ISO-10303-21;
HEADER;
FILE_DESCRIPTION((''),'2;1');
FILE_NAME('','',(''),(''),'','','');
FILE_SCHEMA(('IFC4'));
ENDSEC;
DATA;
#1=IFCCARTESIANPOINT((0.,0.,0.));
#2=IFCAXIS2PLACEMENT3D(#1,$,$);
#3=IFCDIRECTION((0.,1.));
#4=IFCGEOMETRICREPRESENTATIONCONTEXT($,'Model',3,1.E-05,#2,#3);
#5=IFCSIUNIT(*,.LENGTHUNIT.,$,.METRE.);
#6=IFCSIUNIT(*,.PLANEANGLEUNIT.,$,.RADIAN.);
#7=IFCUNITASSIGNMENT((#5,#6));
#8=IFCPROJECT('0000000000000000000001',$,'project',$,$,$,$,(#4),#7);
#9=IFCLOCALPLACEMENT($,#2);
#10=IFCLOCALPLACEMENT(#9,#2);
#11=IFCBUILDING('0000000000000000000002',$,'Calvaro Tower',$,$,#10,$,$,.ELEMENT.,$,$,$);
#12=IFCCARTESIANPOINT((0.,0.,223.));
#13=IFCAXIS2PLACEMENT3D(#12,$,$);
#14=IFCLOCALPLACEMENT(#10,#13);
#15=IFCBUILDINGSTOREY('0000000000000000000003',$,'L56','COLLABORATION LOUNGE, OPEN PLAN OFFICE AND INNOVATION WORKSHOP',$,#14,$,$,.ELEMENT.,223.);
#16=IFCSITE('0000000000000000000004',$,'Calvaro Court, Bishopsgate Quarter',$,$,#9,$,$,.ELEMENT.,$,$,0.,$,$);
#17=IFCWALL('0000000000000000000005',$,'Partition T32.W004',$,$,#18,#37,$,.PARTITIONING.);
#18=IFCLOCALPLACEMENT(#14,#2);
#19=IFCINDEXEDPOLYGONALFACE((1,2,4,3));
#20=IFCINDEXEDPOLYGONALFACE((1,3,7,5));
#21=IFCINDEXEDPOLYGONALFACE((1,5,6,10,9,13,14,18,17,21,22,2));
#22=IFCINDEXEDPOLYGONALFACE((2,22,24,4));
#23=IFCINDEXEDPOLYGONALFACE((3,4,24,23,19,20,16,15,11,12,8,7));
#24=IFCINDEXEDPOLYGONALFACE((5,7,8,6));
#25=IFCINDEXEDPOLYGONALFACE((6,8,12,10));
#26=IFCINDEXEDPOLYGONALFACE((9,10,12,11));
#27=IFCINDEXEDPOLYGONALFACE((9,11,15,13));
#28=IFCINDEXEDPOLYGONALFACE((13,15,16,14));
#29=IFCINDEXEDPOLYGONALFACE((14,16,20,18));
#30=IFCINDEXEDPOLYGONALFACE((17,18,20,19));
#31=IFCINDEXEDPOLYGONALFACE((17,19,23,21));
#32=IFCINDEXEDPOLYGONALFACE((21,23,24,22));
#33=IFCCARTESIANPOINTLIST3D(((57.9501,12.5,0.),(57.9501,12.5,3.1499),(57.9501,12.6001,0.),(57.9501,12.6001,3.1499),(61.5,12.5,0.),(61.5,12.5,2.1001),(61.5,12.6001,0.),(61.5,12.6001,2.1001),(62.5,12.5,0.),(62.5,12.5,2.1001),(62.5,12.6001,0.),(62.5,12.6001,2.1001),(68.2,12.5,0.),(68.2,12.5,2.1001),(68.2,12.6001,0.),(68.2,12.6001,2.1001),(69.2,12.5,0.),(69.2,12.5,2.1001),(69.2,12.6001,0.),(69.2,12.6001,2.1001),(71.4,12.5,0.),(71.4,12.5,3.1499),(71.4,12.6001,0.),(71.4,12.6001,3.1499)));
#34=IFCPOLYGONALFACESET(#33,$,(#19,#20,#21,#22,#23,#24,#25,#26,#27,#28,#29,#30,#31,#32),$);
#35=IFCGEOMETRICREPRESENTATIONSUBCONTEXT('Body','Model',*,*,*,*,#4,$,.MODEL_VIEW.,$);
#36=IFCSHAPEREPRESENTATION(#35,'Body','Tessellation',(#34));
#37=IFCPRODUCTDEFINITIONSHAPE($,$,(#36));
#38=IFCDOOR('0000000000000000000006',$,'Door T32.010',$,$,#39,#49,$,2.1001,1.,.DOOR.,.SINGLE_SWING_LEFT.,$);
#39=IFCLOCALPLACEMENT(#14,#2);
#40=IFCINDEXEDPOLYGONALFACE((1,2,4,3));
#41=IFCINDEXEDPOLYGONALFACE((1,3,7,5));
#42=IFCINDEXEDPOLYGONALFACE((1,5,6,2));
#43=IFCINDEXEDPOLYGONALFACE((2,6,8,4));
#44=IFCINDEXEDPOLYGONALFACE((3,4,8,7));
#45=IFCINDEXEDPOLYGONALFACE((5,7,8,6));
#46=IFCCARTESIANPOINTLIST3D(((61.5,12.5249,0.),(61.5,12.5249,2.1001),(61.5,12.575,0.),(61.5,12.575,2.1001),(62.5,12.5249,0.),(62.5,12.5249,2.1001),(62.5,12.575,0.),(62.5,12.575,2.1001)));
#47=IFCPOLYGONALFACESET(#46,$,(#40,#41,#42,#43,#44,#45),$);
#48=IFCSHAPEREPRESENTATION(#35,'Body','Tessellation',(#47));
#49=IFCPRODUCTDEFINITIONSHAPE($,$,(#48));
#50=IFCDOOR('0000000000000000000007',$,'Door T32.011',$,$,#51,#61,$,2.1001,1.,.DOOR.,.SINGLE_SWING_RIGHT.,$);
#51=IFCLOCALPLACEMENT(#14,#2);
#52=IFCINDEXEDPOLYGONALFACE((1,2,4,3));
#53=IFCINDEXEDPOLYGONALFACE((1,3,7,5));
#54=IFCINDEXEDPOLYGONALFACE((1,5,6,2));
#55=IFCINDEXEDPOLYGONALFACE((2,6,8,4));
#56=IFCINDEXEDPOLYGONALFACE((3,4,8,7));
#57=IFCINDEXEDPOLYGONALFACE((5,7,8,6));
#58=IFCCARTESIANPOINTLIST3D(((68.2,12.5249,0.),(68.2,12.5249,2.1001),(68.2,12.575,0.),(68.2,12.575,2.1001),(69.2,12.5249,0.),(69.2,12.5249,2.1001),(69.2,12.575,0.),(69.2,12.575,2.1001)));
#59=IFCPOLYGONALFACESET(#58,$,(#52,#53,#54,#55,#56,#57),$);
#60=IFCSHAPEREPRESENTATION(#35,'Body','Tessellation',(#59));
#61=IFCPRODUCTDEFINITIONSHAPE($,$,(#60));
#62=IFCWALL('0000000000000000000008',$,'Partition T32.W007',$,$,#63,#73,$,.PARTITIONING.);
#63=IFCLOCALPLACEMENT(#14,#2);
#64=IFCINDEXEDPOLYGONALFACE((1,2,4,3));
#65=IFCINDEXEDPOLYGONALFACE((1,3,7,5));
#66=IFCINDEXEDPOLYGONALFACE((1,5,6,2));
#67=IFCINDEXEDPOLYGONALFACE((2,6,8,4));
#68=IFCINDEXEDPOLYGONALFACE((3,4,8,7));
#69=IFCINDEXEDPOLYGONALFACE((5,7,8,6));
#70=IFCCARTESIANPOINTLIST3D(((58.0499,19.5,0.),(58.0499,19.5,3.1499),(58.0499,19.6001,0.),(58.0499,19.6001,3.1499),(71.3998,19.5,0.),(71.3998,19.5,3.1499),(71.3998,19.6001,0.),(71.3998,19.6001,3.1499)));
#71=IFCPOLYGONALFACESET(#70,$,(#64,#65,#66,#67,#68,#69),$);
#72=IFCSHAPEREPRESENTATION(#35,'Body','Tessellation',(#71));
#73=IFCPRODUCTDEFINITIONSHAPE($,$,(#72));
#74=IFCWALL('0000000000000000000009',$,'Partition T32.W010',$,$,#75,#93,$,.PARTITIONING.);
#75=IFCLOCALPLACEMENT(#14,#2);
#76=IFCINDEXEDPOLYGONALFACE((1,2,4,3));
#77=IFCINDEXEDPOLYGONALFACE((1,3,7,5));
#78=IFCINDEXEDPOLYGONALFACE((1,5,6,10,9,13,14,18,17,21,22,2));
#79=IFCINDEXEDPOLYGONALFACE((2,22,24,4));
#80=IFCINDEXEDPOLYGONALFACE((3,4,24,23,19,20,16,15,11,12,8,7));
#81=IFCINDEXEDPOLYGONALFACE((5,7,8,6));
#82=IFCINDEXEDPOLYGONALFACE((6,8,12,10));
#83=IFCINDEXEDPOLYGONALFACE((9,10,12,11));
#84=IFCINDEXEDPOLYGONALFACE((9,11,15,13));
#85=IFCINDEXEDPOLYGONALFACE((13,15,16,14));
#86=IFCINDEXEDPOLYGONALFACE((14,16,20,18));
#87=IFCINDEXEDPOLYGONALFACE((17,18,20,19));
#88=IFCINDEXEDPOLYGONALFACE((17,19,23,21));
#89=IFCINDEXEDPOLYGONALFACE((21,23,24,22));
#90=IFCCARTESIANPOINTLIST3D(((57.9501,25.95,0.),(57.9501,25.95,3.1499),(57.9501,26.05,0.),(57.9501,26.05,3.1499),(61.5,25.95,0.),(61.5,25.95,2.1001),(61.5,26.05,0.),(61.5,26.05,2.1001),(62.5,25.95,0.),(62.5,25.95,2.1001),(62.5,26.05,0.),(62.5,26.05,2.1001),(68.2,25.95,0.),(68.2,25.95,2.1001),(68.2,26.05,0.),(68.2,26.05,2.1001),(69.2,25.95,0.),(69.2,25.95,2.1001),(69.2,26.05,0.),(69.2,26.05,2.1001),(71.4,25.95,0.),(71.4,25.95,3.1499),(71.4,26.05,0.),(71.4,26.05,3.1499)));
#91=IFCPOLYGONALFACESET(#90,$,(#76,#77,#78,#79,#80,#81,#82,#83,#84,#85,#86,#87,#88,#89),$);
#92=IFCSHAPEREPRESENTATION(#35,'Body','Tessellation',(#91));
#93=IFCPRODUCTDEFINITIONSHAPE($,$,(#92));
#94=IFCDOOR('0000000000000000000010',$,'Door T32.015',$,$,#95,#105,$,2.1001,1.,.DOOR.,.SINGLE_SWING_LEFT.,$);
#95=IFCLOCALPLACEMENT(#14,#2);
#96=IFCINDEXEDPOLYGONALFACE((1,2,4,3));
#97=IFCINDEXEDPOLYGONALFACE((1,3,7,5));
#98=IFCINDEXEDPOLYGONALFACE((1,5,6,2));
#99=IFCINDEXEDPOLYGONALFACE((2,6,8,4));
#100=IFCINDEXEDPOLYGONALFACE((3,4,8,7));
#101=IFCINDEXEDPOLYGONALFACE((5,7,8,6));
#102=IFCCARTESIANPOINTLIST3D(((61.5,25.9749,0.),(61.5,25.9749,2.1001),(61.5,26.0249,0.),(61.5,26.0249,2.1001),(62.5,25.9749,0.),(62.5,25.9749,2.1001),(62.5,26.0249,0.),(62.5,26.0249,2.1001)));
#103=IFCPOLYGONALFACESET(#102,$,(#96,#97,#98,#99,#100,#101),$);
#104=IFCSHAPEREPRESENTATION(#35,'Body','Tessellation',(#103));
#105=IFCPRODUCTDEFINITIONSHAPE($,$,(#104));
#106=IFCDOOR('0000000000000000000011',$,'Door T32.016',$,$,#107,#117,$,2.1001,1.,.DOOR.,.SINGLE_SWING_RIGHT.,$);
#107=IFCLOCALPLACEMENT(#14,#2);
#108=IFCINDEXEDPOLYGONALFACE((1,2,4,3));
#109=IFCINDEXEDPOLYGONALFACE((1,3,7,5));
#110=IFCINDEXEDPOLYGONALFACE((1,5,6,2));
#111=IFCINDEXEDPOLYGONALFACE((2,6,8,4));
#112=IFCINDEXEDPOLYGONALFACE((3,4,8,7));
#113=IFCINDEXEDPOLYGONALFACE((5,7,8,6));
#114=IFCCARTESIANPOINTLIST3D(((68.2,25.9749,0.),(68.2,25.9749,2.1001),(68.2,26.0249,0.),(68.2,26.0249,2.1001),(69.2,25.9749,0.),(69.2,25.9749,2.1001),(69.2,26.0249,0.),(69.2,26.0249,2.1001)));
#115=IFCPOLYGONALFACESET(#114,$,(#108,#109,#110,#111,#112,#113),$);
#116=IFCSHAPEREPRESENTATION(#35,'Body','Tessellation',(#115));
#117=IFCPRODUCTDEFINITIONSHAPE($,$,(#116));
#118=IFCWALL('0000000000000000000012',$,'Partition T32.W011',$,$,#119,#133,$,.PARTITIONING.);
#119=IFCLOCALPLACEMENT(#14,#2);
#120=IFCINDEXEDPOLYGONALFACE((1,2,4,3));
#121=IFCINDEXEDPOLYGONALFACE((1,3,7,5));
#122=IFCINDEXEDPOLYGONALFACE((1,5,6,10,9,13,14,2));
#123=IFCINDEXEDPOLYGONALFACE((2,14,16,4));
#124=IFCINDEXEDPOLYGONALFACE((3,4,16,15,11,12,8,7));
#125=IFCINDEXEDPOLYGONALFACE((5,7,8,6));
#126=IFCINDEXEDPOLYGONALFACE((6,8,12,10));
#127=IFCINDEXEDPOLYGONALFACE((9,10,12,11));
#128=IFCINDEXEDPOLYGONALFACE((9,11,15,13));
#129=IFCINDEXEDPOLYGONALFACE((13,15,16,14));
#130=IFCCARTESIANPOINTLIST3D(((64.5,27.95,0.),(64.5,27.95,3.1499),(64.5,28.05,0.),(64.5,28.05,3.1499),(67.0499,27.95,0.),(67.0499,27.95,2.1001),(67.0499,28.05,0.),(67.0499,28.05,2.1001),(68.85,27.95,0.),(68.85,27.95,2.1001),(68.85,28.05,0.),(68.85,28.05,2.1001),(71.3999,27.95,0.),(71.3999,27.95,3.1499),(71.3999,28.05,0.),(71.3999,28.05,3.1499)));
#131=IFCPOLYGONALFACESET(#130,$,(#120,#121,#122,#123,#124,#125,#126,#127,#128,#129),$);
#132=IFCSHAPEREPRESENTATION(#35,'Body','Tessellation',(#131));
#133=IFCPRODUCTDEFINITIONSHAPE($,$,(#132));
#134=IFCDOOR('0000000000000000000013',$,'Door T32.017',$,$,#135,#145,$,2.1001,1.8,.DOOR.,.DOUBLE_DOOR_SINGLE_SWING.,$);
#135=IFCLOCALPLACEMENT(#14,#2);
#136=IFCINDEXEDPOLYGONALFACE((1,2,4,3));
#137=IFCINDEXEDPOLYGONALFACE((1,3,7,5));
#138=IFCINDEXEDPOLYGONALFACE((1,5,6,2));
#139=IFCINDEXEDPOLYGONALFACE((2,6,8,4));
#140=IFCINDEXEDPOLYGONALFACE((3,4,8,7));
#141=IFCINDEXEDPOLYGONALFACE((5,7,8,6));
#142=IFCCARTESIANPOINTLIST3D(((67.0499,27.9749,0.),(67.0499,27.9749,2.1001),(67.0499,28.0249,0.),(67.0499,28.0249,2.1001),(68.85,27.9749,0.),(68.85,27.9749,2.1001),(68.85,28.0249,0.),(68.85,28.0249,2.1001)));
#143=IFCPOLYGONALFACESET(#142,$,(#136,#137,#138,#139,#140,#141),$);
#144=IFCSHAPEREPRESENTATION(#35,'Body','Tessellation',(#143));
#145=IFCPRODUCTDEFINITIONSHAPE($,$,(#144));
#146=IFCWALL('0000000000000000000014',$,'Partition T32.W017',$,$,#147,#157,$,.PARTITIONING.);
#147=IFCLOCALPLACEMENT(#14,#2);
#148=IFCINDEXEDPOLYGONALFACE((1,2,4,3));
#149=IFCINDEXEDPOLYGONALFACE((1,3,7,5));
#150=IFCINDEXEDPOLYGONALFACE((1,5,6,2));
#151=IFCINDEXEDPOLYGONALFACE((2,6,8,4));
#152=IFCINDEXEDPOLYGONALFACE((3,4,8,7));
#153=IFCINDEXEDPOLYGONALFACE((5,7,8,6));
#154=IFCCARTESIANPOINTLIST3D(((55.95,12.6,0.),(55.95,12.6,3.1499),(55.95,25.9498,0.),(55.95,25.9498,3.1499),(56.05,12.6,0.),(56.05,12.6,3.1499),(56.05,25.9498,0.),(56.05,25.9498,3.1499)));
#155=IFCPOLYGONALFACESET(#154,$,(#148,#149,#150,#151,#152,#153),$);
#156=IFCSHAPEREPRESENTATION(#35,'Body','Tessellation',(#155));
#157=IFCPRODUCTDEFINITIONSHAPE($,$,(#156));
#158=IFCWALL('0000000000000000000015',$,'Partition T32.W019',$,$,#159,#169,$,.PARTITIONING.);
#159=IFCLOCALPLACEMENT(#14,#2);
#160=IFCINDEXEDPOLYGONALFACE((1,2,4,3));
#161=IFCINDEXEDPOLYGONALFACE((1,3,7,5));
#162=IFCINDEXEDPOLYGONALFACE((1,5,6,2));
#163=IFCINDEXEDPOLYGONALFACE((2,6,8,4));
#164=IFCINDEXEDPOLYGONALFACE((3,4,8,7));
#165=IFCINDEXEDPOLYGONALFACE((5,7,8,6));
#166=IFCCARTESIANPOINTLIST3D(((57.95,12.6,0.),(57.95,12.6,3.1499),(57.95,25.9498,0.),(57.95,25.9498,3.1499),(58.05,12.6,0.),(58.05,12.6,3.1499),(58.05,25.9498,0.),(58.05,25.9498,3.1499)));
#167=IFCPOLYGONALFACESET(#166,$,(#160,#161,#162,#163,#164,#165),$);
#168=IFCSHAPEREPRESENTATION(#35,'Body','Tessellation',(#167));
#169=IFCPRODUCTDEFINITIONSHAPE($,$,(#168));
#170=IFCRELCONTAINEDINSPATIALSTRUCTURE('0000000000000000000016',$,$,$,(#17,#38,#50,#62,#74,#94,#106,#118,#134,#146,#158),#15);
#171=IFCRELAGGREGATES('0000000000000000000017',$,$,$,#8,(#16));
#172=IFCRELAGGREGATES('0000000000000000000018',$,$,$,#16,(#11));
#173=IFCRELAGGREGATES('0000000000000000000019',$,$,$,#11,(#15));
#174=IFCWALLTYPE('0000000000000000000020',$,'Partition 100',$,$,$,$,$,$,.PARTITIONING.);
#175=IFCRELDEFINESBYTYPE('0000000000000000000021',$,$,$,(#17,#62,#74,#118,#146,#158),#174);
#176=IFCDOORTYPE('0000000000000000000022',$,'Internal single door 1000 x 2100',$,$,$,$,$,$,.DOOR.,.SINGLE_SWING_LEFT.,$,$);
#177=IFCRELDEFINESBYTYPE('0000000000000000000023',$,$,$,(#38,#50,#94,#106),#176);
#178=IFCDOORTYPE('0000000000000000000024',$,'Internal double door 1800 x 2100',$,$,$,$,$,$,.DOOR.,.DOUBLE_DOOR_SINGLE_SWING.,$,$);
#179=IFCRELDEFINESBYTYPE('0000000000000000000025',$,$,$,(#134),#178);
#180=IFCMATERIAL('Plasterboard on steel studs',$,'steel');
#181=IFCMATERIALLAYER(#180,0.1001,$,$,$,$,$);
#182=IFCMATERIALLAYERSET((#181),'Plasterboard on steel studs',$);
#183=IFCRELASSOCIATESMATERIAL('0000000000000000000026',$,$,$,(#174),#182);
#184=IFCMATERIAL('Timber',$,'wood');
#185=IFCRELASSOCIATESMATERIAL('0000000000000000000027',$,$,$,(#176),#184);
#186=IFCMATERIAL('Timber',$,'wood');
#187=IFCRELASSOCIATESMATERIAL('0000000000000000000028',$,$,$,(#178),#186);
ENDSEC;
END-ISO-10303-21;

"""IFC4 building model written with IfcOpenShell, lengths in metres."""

from ifc_helpers import new_model, si_unit, direction, frame, frame_2d, origin, place, context, subcontext, project, spatial, rectangle, extrude, material, layer, layer_set, type_object, element, fill, save


model = new_model("IFC4")

# Units and contexts
model_context = context("Model", 3, precision=1e-05, world=origin(), true_north=direction((0.0, 1.0)))
body_context = subcontext(model_context, "Body", "Model", "MODEL_VIEW")
ifc_project = project(units=[si_unit("LENGTHUNIT", "METRE"), si_unit("PLANEANGLEUNIT", "RADIAN")], contexts=[model_context])

# Site, building, storey
site_placement = place(None, origin())
site = spatial("IfcSite", under=ifc_project, at=site_placement, Name="Calvaro Court, Bishopsgate Quarter", CompositionType="ELEMENT", RefElevation=0.0)
building_placement = place(site_placement, origin())
building = spatial("IfcBuilding", under=site, at=building_placement, Name="Calvaro Tower", CompositionType="ELEMENT")
storey_placement = place(building_placement, frame((0.0, 0.0, 223.0)))
storey = spatial("IfcBuildingStorey", under=building, at=storey_placement, Name="L56", Description="COLLABORATION LOUNGE, OPEN PLAN OFFICE AND INNOVATION WORKSHOP", CompositionType="ELEMENT", Elevation=223.0)

# Wall, openings, doors
ifc_material_1 = material(Name="Plasterboard on steel studs", Category="steel")
ifc_layer_1 = layer(ifc_material_1, 0.1001)
ifc_layer_set_1 = layer_set([ifc_layer_1], Name="Plasterboard on steel studs")
wall_type_1 = type_object("IfcWallType", Name="Partition 100", PredefinedType="PARTITIONING", material=ifc_layer_set_1)
wall_1_placement = place(storey_placement, frame((57.95, 12.55, 0.0), z_axis=(0.0, 0.0, 1.0), x_axis=(1.0, 0.0, 0.0)))
wall_1 = element("IfcWall", 1, at=wall_1_placement, inside=storey, type_object=wall_type_1, Name="Partition T32.W004", PredefinedType="PARTITIONING", context=body_context, shape_type="SweptSolid", body=[
    extrude(rectangle(XDim=13.45, YDim=0.1001, at=frame_2d((6.7251, 0.0))), origin(), (0.0, 0.0, 1.0), 3.1499),
])
opening_1_placement = place(wall_1_placement, frame((3.55, 0.0, 0.0)))
opening_1 = element("IfcOpeningElement", 2, at=opening_1_placement, cuts=wall_1, PredefinedType="OPENING", context=body_context, shape_type="SweptSolid", body=[
    extrude(rectangle(XDim=1.0, YDim=2.1001, at=frame_2d((0.5, 1.05))), frame((0.0, 0.0601, 0.0), z_axis=(0.0, -1.0, 0.0), x_axis=(1.0, 0.0, 0.0)), (0.0, 0.0, 1.0), 0.1201),
])
opening_2_placement = place(wall_1_placement, frame((10.25, 0.0, 0.0)))
opening_2 = element("IfcOpeningElement", 3, at=opening_2_placement, cuts=wall_1, PredefinedType="OPENING", context=body_context, shape_type="SweptSolid", body=[
    extrude(rectangle(XDim=1.0, YDim=2.1001, at=frame_2d((0.5, 1.05))), frame((0.0, 0.0601, 0.0), z_axis=(0.0, -1.0, 0.0), x_axis=(1.0, 0.0, 0.0)), (0.0, 0.0, 1.0), 0.1201),
])
ifc_material_2 = material(Name="Timber", Category="wood")
door_type_1 = type_object("IfcDoorType", Name="Internal single door 1000 x 2100", OperationType="SINGLE_SWING_LEFT", PredefinedType="DOOR", material=ifc_material_2)
door_1_placement = place(opening_1_placement, origin())
door_1 = element("IfcDoor", 4, at=door_1_placement, inside=storey, type_object=door_type_1, Name="Door T32.010", OperationType="SINGLE_SWING_LEFT", OverallHeight=2.1001, OverallWidth=1.0, PredefinedType="DOOR", context=body_context, shape_type="SweptSolid", body=[
    extrude(rectangle(XDim=1.0, YDim=2.1001, at=frame_2d((0.5, 1.05))), frame((0.0, 0.0249, 0.0), z_axis=(0.0, -1.0, 0.0), x_axis=(1.0, 0.0, 0.0)), (0.0, 0.0, 1.0), 0.05),
])
fill(opening_1, door_1)
door_2_placement = place(opening_2_placement, origin())
door_2 = element("IfcDoor", 5, at=door_2_placement, inside=storey, type_object=door_type_1, Name="Door T32.011", OperationType="SINGLE_SWING_RIGHT", OverallHeight=2.1001, OverallWidth=1.0, PredefinedType="DOOR", context=body_context, shape_type="SweptSolid", body=[
    extrude(rectangle(XDim=1.0, YDim=2.1001, at=frame_2d((0.5, 1.05))), frame((0.0, 0.0249, 0.0), z_axis=(0.0, -1.0, 0.0), x_axis=(1.0, 0.0, 0.0)), (0.0, 0.0, 1.0), 0.05),
])
fill(opening_2, door_2)

# Wall
wall_2_placement = place(storey_placement, frame((58.05, 19.55, 0.0), z_axis=(0.0, 0.0, 1.0), x_axis=(1.0, 0.0, 0.0)))
element("IfcWall", 6, at=wall_2_placement, inside=storey, type_object=wall_type_1, Name="Partition T32.W007", PredefinedType="PARTITIONING", context=body_context, shape_type="SweptSolid", body=[
    extrude(rectangle(XDim=13.3499, YDim=0.1001, at=frame_2d((6.6748, 0.0))), origin(), (0.0, 0.0, 1.0), 3.1499),
])

# Wall, openings, doors
wall_3_placement = place(storey_placement, frame((57.95, 26.0, 0.0), z_axis=(0.0, 0.0, 1.0), x_axis=(1.0, 0.0, 0.0)))
wall_3 = element("IfcWall", 7, at=wall_3_placement, inside=storey, type_object=wall_type_1, Name="Partition T32.W010", PredefinedType="PARTITIONING", context=body_context, shape_type="SweptSolid", body=[
    extrude(rectangle(XDim=13.45, YDim=0.1001, at=frame_2d((6.7251, 0.0))), origin(), (0.0, 0.0, 1.0), 3.1499),
])
opening_3_placement = place(wall_3_placement, frame((3.55, 0.0, 0.0)))
opening_3 = element("IfcOpeningElement", 8, at=opening_3_placement, cuts=wall_3, PredefinedType="OPENING", context=body_context, shape_type="SweptSolid", body=[
    extrude(rectangle(XDim=1.0, YDim=2.1001, at=frame_2d((0.5, 1.05))), frame((0.0, 0.0601, 0.0), z_axis=(0.0, -1.0, 0.0), x_axis=(1.0, 0.0, 0.0)), (0.0, 0.0, 1.0), 0.1201),
])
opening_4_placement = place(wall_3_placement, frame((10.25, 0.0, 0.0)))
opening_4 = element("IfcOpeningElement", 9, at=opening_4_placement, cuts=wall_3, PredefinedType="OPENING", context=body_context, shape_type="SweptSolid", body=[
    extrude(rectangle(XDim=1.0, YDim=2.1001, at=frame_2d((0.5, 1.05))), frame((0.0, 0.0601, 0.0), z_axis=(0.0, -1.0, 0.0), x_axis=(1.0, 0.0, 0.0)), (0.0, 0.0, 1.0), 0.1201),
])
door_3_placement = place(opening_3_placement, origin())
door_3 = element("IfcDoor", 10, at=door_3_placement, inside=storey, type_object=door_type_1, Name="Door T32.015", OperationType="SINGLE_SWING_LEFT", OverallHeight=2.1001, OverallWidth=1.0, PredefinedType="DOOR", context=body_context, shape_type="SweptSolid", body=[
    extrude(rectangle(XDim=1.0, YDim=2.1001, at=frame_2d((0.5, 1.05))), frame((0.0, 0.0249, 0.0), z_axis=(0.0, -1.0, 0.0), x_axis=(1.0, 0.0, 0.0)), (0.0, 0.0, 1.0), 0.05),
])
fill(opening_3, door_3)
door_4_placement = place(opening_4_placement, origin())
door_4 = element("IfcDoor", 11, at=door_4_placement, inside=storey, type_object=door_type_1, Name="Door T32.016", OperationType="SINGLE_SWING_RIGHT", OverallHeight=2.1001, OverallWidth=1.0, PredefinedType="DOOR", context=body_context, shape_type="SweptSolid", body=[
    extrude(rectangle(XDim=1.0, YDim=2.1001, at=frame_2d((0.5, 1.05))), frame((0.0, 0.0249, 0.0), z_axis=(0.0, -1.0, 0.0), x_axis=(1.0, 0.0, 0.0)), (0.0, 0.0, 1.0), 0.05),
])
fill(opening_4, door_4)

# Wall, opening, door
wall_4_placement = place(storey_placement, frame((64.5, 28.0, 0.0), z_axis=(0.0, 0.0, 1.0), x_axis=(1.0, 0.0, 0.0)))
wall_4 = element("IfcWall", 12, at=wall_4_placement, inside=storey, type_object=wall_type_1, Name="Partition T32.W011", PredefinedType="PARTITIONING", context=body_context, shape_type="SweptSolid", body=[
    extrude(rectangle(XDim=6.8999, YDim=0.1001, at=frame_2d((3.45, 0.0))), origin(), (0.0, 0.0, 1.0), 3.1499),
])
opening_5_placement = place(wall_4_placement, frame((2.55, 0.0, 0.0)))
opening_5 = element("IfcOpeningElement", 13, at=opening_5_placement, cuts=wall_4, PredefinedType="OPENING", context=body_context, shape_type="SweptSolid", body=[
    extrude(rectangle(XDim=1.8, YDim=2.1001, at=frame_2d((0.8999, 1.05))), frame((0.0, 0.0601, 0.0), z_axis=(0.0, -1.0, 0.0), x_axis=(1.0, 0.0, 0.0)), (0.0, 0.0, 1.0), 0.1201),
])
ifc_material_3 = material(Name="Timber", Category="wood")
door_type_2 = type_object("IfcDoorType", Name="Internal double door 1800 x 2100", OperationType="DOUBLE_DOOR_SINGLE_SWING", PredefinedType="DOOR", material=ifc_material_3)
door_5_placement = place(opening_5_placement, origin())
door_5 = element("IfcDoor", 14, at=door_5_placement, inside=storey, type_object=door_type_2, Name="Door T32.017", OperationType="DOUBLE_DOOR_SINGLE_SWING", OverallHeight=2.1001, OverallWidth=1.8, PredefinedType="DOOR", context=body_context, shape_type="SweptSolid", body=[
    extrude(rectangle(XDim=1.8, YDim=2.1001, at=frame_2d((0.8999, 1.05))), frame((0.0, 0.0249, 0.0), z_axis=(0.0, -1.0, 0.0), x_axis=(1.0, 0.0, 0.0)), (0.0, 0.0, 1.0), 0.05),
])
fill(opening_5, door_5)

# Walls
for number, where, z_axis, x_axis, name in (
    (15, (56.0, 12.6001, 0.0), (0.0, 0.0, 1.0), (0.0, 1.0, 0.0), "Partition T32.W017"),
    (16, (58.0, 12.6001, 0.0), (0.0, 0.0, 1.0), (0.0, 1.0, 0.0), "Partition T32.W019"),
):
    element("IfcWall", number, at=place(storey_placement, frame(where, z_axis=z_axis, x_axis=x_axis)), inside=storey, type_object=wall_type_1, Name=name, PredefinedType="PARTITIONING", context=body_context, shape_type="SweptSolid", body=[
        extrude(rectangle(XDim=13.3499, YDim=0.1001, at=frame_2d((6.6748, 0.0))), origin(), (0.0, 0.0, 1.0), 3.1499),
    ])

save(model, "model.ifc")
